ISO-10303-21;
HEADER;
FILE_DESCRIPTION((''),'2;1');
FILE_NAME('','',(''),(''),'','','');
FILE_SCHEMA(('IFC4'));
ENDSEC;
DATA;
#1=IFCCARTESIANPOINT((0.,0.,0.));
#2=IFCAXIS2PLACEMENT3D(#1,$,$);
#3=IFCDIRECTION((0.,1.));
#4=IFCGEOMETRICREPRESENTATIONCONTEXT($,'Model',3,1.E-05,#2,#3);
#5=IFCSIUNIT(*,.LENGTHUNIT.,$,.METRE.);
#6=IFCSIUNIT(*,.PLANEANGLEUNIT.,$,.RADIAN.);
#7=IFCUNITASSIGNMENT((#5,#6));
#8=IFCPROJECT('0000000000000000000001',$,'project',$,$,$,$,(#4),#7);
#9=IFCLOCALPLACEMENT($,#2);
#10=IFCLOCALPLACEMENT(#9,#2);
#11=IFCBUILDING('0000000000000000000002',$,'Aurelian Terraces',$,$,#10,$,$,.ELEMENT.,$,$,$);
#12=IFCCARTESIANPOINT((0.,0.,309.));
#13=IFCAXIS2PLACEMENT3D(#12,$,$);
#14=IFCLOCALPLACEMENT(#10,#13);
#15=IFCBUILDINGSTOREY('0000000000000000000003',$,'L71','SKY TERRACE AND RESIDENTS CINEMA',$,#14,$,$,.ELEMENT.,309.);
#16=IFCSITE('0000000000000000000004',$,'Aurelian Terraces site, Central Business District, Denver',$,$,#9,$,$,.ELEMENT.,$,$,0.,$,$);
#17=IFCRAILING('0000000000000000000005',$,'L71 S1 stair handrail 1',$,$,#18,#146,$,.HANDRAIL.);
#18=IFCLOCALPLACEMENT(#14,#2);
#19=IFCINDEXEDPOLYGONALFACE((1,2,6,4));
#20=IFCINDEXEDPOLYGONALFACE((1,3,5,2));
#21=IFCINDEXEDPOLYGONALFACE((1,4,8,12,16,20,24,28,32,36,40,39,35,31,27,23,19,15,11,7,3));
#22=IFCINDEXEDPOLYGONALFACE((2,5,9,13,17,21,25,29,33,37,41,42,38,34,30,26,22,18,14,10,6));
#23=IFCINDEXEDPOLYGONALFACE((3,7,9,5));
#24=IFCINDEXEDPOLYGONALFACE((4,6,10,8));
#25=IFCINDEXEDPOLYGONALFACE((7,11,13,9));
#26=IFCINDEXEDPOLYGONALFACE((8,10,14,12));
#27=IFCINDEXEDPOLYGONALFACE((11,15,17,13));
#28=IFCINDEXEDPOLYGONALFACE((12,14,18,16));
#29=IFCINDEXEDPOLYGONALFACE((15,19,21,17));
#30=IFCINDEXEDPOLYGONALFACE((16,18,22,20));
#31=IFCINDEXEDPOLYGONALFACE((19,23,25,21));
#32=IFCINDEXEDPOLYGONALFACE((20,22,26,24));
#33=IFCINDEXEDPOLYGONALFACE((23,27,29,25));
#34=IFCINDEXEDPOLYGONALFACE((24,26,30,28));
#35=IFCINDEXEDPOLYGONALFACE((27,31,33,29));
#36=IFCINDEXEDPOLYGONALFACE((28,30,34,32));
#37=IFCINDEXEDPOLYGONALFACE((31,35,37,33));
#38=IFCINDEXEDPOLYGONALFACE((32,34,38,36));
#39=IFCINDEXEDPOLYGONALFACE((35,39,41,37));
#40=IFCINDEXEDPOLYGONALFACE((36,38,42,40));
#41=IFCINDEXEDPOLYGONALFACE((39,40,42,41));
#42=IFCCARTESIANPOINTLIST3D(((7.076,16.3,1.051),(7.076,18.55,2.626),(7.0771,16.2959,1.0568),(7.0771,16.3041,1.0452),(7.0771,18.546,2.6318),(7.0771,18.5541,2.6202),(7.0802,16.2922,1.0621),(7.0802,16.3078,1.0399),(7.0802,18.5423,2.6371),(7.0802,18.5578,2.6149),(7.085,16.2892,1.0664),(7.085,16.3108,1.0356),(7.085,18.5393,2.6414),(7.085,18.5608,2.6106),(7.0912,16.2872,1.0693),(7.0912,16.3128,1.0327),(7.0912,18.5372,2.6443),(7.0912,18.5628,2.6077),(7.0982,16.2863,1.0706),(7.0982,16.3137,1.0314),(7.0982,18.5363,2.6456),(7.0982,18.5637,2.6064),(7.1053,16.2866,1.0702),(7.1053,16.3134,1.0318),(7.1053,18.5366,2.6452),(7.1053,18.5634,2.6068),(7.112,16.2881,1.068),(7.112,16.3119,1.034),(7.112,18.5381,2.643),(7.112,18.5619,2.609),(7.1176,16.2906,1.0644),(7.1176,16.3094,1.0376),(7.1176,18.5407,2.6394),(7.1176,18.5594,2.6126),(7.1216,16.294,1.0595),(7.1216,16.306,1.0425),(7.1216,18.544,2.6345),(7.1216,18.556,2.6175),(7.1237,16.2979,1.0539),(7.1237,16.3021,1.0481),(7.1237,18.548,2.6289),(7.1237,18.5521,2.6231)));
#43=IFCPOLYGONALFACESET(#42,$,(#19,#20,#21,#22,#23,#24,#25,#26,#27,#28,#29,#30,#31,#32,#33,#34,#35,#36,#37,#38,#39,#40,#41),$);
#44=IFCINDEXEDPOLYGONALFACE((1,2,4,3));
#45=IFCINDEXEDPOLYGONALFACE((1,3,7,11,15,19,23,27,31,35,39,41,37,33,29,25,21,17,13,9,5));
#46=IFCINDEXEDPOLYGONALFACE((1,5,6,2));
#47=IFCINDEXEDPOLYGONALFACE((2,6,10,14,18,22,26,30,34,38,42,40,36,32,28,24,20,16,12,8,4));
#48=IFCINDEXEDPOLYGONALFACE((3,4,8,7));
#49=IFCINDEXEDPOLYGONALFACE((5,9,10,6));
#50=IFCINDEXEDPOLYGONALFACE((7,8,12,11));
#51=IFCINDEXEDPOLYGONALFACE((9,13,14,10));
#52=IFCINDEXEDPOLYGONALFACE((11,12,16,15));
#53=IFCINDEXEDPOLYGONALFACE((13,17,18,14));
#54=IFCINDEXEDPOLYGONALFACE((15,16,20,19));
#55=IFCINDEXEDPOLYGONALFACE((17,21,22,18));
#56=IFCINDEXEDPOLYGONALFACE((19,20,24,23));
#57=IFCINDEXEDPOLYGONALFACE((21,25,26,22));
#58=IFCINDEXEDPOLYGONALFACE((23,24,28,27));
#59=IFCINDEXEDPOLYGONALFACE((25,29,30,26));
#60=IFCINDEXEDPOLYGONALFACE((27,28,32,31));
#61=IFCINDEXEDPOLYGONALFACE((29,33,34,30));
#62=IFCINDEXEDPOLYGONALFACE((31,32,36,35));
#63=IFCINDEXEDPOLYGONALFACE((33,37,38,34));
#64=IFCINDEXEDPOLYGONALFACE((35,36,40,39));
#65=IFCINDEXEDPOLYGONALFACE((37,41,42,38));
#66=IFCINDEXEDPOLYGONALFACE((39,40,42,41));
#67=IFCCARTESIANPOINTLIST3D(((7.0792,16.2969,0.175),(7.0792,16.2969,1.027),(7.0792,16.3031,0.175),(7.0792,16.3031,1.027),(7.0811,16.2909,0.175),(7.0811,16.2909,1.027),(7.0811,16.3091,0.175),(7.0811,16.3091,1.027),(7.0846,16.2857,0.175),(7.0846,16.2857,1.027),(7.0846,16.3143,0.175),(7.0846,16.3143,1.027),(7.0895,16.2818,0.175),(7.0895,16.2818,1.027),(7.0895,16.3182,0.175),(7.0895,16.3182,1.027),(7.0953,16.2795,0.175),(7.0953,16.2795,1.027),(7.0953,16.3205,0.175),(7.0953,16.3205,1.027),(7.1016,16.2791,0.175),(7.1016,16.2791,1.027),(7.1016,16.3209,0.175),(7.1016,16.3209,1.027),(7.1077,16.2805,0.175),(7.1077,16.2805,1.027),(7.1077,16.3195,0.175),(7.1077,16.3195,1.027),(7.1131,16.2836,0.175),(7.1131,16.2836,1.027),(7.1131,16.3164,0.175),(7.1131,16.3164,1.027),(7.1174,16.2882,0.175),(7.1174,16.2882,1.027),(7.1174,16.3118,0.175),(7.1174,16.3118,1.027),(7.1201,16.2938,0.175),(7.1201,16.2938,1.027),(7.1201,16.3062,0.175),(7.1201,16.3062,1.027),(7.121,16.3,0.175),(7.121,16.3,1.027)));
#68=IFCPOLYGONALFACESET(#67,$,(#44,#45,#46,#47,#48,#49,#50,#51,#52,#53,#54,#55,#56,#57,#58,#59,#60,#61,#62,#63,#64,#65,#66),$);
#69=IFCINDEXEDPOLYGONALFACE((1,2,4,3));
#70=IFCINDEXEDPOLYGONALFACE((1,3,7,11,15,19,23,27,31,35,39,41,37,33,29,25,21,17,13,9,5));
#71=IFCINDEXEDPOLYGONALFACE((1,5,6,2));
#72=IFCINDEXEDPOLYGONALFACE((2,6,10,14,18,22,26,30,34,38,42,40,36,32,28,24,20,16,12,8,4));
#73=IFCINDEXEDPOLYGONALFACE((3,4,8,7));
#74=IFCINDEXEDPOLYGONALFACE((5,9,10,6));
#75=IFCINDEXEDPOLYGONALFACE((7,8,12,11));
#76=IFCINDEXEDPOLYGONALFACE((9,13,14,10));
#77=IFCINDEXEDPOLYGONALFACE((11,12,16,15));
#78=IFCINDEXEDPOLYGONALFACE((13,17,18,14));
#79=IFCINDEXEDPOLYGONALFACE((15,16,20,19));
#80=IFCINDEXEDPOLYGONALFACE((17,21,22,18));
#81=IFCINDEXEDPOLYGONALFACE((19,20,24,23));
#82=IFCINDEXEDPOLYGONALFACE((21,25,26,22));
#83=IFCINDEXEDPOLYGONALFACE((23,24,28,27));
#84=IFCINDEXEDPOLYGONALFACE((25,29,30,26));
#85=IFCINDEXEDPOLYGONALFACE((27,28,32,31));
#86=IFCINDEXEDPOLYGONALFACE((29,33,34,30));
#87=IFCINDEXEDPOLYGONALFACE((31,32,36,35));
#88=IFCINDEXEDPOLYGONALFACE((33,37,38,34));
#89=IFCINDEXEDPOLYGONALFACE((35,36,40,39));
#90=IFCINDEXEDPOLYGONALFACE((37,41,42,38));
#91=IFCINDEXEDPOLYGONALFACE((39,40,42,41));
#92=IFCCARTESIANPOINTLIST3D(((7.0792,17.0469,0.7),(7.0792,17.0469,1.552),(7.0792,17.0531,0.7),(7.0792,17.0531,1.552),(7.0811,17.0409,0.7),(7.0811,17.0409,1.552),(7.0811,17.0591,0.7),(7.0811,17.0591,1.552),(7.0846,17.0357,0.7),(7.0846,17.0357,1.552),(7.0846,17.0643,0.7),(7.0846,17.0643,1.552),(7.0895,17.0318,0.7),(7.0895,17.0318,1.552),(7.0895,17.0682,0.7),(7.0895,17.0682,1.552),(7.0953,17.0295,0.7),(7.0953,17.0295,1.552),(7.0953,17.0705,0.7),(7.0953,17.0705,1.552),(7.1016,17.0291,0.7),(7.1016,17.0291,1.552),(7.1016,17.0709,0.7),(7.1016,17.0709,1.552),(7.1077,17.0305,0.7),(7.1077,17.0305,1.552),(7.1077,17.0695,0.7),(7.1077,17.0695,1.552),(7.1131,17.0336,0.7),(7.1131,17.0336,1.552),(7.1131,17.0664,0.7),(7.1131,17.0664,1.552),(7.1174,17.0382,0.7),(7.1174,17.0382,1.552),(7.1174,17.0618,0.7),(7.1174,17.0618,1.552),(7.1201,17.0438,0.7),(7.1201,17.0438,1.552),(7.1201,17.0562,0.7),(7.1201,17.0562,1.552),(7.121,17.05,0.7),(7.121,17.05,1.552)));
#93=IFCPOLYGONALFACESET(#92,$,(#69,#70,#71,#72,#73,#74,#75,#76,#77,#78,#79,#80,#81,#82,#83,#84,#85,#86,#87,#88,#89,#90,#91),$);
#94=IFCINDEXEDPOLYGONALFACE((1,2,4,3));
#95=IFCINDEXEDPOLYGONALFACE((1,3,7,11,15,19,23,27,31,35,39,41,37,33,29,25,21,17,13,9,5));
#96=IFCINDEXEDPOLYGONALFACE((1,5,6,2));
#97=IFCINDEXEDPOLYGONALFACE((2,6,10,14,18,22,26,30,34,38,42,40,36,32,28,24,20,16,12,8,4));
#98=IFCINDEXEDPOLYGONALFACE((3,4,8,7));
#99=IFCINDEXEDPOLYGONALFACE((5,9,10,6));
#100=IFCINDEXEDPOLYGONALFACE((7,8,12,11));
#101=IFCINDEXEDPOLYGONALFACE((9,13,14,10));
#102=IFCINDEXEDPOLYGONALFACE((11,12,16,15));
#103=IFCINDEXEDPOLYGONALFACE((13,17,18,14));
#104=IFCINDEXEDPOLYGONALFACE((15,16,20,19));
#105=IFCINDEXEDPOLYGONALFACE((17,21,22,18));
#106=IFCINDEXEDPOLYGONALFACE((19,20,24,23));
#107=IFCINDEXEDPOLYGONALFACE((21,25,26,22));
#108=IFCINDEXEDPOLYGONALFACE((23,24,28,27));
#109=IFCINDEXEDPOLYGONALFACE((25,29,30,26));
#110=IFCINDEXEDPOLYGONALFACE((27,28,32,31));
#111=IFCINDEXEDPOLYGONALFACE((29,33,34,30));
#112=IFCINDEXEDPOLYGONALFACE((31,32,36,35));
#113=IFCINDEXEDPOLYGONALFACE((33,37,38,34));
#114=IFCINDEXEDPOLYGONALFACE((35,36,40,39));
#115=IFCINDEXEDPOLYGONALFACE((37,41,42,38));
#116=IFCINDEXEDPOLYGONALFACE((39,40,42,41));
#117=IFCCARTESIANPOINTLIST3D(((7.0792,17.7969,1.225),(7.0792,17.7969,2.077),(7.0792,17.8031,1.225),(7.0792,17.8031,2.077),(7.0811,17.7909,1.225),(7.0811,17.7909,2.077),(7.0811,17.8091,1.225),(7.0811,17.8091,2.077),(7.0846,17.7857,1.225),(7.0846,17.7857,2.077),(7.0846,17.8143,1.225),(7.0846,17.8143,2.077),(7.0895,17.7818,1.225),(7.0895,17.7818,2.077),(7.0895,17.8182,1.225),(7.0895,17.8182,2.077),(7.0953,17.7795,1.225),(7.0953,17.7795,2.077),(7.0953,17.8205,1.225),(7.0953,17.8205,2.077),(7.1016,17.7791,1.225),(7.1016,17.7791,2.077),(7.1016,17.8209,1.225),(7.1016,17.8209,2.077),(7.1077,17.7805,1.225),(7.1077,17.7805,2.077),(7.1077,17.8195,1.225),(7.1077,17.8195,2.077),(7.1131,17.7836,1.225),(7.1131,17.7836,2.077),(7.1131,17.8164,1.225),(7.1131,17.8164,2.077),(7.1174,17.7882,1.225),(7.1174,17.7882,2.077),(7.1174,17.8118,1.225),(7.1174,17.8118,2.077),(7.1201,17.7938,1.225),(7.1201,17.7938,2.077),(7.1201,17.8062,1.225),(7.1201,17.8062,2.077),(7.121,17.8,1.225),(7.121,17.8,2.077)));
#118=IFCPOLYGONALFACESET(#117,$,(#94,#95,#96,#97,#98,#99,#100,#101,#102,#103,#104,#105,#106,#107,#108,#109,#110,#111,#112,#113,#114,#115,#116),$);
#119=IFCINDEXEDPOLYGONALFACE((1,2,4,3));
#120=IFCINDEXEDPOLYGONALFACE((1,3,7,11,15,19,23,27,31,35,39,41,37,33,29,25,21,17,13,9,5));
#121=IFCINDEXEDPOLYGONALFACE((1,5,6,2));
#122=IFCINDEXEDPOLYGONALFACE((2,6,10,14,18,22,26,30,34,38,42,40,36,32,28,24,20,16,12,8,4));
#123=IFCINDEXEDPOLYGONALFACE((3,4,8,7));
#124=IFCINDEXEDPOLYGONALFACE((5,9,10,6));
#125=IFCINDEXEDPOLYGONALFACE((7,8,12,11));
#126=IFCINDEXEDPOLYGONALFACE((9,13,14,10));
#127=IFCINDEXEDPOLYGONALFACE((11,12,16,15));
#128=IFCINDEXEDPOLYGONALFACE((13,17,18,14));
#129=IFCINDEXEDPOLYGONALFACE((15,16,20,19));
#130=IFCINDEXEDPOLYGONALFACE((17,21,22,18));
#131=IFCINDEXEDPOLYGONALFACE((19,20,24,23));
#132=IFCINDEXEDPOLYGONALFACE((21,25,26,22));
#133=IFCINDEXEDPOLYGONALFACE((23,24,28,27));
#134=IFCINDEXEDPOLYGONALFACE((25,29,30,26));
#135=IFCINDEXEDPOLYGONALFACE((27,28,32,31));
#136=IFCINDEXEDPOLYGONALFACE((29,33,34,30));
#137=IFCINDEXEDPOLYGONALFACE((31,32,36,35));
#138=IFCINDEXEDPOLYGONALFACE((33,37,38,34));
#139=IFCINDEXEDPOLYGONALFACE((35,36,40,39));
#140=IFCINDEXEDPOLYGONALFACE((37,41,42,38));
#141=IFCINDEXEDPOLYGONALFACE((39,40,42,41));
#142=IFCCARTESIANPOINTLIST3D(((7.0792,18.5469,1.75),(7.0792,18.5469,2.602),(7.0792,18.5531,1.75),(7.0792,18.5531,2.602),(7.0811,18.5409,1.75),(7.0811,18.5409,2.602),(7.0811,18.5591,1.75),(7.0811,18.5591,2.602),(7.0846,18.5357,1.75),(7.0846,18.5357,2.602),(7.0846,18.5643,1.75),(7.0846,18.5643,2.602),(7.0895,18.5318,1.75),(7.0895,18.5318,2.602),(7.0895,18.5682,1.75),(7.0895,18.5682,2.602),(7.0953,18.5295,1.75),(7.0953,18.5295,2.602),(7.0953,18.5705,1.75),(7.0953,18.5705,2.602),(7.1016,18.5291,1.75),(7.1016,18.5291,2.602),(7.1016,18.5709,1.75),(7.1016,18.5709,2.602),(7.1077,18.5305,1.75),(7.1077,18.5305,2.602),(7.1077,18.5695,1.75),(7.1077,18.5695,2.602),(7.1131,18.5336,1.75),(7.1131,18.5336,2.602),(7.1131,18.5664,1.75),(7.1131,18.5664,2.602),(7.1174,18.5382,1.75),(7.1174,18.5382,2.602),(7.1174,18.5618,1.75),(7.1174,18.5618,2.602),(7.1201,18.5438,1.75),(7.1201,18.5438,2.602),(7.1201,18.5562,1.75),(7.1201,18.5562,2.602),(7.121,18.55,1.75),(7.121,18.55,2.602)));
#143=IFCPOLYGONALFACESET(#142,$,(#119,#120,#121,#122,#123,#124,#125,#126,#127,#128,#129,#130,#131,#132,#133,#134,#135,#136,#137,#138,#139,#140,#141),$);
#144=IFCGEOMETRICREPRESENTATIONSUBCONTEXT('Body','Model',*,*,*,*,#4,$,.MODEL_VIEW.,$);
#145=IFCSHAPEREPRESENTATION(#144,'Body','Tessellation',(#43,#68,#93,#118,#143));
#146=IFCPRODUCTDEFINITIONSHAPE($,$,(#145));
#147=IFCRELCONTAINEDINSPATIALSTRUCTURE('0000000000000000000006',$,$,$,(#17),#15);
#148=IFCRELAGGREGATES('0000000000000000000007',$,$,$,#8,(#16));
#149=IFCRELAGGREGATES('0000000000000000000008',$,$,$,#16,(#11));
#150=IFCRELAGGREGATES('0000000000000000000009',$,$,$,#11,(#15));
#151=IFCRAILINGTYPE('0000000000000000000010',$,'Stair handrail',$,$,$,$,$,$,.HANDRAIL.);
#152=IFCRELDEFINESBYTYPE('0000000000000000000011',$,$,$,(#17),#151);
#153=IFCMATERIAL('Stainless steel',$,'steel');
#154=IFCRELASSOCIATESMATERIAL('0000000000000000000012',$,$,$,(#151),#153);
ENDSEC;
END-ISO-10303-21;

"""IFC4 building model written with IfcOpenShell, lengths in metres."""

from ifc_helpers import new_model, si_unit, direction, frame, origin, origin_2d, place, context, subcontext, project, spatial, circle, extrude, source, transform, mapped, material, type_object, element, save


model = new_model("IFC4")

# Units and contexts
model_context = context("Model", 3, precision=1e-05, world=origin(), true_north=direction((0.0, 1.0)))
body_context = subcontext(model_context, "Body", "Model", "MODEL_VIEW")
ifc_project = project(units=[si_unit("LENGTHUNIT", "METRE"), si_unit("PLANEANGLEUNIT", "RADIAN")], contexts=[model_context])

# Site, building, storey
site_placement = place(None, origin())
site = spatial("IfcSite", under=ifc_project, at=site_placement, Name="Aurelian Terraces site, Central Business District, Denver", CompositionType="ELEMENT", RefElevation=0.0)
building_placement = place(site_placement, origin())
building = spatial("IfcBuilding", under=site, at=building_placement, Name="Aurelian Terraces", CompositionType="ELEMENT")
storey_placement = place(building_placement, frame((0.0, 0.0, 309.0)))
storey = spatial("IfcBuildingStorey", under=building, at=storey_placement, Name="L71", Description="SKY TERRACE AND RESIDENTS CINEMA", CompositionType="ELEMENT", Elevation=309.0)

# Shared definitions
ifc_material_1 = material(Name="Stainless steel", Category="steel")

# Railing
railing_type = type_object("IfcRailingType", Name="Stair handrail", PredefinedType="HANDRAIL", material=ifc_material_1)
shared_shape_1 = source(origin(), body_context, "Body", "SweptSolid", [
    extrude(circle(Radius=0.024, at=origin_2d()), frame((0.0, 0.0, 0.876), z_axis=(0.0, 0.819232, 0.573462), x_axis=(-1.0, 0.0, 0.0)), (0.0, 0.0, 1.0), 2.7465),
    extrude(circle(Radius=0.021, at=origin_2d()), origin(), (0.0, 0.0, 1.0), 0.852),
    extrude(circle(Radius=0.021, at=origin_2d()), frame((0.0, 0.75, 0.525)), (0.0, 0.0, 1.0), 0.852),
    extrude(circle(Radius=0.021, at=origin_2d()), frame((0.0, 1.5, 1.05)), (0.0, 0.0, 1.0), 0.852),
    extrude(circle(Radius=0.021, at=origin_2d()), frame((0.0, 2.25, 1.575)), (0.0, 0.0, 1.0), 0.852),
])
railing_placement = place(storey_placement, frame((7.1, 16.3, 0.175)))
element("IfcRailing", 1, at=railing_placement, inside=storey, type_object=railing_type, Name="L71 S1 stair handrail 1", PredefinedType="HANDRAIL", context=body_context, shape_type="MappedRepresentation", body=[
    mapped(shared_shape_1, transform((0.0, 0.0, 0.0), scale=1.0)),
])

save(model, "model.ifc")
